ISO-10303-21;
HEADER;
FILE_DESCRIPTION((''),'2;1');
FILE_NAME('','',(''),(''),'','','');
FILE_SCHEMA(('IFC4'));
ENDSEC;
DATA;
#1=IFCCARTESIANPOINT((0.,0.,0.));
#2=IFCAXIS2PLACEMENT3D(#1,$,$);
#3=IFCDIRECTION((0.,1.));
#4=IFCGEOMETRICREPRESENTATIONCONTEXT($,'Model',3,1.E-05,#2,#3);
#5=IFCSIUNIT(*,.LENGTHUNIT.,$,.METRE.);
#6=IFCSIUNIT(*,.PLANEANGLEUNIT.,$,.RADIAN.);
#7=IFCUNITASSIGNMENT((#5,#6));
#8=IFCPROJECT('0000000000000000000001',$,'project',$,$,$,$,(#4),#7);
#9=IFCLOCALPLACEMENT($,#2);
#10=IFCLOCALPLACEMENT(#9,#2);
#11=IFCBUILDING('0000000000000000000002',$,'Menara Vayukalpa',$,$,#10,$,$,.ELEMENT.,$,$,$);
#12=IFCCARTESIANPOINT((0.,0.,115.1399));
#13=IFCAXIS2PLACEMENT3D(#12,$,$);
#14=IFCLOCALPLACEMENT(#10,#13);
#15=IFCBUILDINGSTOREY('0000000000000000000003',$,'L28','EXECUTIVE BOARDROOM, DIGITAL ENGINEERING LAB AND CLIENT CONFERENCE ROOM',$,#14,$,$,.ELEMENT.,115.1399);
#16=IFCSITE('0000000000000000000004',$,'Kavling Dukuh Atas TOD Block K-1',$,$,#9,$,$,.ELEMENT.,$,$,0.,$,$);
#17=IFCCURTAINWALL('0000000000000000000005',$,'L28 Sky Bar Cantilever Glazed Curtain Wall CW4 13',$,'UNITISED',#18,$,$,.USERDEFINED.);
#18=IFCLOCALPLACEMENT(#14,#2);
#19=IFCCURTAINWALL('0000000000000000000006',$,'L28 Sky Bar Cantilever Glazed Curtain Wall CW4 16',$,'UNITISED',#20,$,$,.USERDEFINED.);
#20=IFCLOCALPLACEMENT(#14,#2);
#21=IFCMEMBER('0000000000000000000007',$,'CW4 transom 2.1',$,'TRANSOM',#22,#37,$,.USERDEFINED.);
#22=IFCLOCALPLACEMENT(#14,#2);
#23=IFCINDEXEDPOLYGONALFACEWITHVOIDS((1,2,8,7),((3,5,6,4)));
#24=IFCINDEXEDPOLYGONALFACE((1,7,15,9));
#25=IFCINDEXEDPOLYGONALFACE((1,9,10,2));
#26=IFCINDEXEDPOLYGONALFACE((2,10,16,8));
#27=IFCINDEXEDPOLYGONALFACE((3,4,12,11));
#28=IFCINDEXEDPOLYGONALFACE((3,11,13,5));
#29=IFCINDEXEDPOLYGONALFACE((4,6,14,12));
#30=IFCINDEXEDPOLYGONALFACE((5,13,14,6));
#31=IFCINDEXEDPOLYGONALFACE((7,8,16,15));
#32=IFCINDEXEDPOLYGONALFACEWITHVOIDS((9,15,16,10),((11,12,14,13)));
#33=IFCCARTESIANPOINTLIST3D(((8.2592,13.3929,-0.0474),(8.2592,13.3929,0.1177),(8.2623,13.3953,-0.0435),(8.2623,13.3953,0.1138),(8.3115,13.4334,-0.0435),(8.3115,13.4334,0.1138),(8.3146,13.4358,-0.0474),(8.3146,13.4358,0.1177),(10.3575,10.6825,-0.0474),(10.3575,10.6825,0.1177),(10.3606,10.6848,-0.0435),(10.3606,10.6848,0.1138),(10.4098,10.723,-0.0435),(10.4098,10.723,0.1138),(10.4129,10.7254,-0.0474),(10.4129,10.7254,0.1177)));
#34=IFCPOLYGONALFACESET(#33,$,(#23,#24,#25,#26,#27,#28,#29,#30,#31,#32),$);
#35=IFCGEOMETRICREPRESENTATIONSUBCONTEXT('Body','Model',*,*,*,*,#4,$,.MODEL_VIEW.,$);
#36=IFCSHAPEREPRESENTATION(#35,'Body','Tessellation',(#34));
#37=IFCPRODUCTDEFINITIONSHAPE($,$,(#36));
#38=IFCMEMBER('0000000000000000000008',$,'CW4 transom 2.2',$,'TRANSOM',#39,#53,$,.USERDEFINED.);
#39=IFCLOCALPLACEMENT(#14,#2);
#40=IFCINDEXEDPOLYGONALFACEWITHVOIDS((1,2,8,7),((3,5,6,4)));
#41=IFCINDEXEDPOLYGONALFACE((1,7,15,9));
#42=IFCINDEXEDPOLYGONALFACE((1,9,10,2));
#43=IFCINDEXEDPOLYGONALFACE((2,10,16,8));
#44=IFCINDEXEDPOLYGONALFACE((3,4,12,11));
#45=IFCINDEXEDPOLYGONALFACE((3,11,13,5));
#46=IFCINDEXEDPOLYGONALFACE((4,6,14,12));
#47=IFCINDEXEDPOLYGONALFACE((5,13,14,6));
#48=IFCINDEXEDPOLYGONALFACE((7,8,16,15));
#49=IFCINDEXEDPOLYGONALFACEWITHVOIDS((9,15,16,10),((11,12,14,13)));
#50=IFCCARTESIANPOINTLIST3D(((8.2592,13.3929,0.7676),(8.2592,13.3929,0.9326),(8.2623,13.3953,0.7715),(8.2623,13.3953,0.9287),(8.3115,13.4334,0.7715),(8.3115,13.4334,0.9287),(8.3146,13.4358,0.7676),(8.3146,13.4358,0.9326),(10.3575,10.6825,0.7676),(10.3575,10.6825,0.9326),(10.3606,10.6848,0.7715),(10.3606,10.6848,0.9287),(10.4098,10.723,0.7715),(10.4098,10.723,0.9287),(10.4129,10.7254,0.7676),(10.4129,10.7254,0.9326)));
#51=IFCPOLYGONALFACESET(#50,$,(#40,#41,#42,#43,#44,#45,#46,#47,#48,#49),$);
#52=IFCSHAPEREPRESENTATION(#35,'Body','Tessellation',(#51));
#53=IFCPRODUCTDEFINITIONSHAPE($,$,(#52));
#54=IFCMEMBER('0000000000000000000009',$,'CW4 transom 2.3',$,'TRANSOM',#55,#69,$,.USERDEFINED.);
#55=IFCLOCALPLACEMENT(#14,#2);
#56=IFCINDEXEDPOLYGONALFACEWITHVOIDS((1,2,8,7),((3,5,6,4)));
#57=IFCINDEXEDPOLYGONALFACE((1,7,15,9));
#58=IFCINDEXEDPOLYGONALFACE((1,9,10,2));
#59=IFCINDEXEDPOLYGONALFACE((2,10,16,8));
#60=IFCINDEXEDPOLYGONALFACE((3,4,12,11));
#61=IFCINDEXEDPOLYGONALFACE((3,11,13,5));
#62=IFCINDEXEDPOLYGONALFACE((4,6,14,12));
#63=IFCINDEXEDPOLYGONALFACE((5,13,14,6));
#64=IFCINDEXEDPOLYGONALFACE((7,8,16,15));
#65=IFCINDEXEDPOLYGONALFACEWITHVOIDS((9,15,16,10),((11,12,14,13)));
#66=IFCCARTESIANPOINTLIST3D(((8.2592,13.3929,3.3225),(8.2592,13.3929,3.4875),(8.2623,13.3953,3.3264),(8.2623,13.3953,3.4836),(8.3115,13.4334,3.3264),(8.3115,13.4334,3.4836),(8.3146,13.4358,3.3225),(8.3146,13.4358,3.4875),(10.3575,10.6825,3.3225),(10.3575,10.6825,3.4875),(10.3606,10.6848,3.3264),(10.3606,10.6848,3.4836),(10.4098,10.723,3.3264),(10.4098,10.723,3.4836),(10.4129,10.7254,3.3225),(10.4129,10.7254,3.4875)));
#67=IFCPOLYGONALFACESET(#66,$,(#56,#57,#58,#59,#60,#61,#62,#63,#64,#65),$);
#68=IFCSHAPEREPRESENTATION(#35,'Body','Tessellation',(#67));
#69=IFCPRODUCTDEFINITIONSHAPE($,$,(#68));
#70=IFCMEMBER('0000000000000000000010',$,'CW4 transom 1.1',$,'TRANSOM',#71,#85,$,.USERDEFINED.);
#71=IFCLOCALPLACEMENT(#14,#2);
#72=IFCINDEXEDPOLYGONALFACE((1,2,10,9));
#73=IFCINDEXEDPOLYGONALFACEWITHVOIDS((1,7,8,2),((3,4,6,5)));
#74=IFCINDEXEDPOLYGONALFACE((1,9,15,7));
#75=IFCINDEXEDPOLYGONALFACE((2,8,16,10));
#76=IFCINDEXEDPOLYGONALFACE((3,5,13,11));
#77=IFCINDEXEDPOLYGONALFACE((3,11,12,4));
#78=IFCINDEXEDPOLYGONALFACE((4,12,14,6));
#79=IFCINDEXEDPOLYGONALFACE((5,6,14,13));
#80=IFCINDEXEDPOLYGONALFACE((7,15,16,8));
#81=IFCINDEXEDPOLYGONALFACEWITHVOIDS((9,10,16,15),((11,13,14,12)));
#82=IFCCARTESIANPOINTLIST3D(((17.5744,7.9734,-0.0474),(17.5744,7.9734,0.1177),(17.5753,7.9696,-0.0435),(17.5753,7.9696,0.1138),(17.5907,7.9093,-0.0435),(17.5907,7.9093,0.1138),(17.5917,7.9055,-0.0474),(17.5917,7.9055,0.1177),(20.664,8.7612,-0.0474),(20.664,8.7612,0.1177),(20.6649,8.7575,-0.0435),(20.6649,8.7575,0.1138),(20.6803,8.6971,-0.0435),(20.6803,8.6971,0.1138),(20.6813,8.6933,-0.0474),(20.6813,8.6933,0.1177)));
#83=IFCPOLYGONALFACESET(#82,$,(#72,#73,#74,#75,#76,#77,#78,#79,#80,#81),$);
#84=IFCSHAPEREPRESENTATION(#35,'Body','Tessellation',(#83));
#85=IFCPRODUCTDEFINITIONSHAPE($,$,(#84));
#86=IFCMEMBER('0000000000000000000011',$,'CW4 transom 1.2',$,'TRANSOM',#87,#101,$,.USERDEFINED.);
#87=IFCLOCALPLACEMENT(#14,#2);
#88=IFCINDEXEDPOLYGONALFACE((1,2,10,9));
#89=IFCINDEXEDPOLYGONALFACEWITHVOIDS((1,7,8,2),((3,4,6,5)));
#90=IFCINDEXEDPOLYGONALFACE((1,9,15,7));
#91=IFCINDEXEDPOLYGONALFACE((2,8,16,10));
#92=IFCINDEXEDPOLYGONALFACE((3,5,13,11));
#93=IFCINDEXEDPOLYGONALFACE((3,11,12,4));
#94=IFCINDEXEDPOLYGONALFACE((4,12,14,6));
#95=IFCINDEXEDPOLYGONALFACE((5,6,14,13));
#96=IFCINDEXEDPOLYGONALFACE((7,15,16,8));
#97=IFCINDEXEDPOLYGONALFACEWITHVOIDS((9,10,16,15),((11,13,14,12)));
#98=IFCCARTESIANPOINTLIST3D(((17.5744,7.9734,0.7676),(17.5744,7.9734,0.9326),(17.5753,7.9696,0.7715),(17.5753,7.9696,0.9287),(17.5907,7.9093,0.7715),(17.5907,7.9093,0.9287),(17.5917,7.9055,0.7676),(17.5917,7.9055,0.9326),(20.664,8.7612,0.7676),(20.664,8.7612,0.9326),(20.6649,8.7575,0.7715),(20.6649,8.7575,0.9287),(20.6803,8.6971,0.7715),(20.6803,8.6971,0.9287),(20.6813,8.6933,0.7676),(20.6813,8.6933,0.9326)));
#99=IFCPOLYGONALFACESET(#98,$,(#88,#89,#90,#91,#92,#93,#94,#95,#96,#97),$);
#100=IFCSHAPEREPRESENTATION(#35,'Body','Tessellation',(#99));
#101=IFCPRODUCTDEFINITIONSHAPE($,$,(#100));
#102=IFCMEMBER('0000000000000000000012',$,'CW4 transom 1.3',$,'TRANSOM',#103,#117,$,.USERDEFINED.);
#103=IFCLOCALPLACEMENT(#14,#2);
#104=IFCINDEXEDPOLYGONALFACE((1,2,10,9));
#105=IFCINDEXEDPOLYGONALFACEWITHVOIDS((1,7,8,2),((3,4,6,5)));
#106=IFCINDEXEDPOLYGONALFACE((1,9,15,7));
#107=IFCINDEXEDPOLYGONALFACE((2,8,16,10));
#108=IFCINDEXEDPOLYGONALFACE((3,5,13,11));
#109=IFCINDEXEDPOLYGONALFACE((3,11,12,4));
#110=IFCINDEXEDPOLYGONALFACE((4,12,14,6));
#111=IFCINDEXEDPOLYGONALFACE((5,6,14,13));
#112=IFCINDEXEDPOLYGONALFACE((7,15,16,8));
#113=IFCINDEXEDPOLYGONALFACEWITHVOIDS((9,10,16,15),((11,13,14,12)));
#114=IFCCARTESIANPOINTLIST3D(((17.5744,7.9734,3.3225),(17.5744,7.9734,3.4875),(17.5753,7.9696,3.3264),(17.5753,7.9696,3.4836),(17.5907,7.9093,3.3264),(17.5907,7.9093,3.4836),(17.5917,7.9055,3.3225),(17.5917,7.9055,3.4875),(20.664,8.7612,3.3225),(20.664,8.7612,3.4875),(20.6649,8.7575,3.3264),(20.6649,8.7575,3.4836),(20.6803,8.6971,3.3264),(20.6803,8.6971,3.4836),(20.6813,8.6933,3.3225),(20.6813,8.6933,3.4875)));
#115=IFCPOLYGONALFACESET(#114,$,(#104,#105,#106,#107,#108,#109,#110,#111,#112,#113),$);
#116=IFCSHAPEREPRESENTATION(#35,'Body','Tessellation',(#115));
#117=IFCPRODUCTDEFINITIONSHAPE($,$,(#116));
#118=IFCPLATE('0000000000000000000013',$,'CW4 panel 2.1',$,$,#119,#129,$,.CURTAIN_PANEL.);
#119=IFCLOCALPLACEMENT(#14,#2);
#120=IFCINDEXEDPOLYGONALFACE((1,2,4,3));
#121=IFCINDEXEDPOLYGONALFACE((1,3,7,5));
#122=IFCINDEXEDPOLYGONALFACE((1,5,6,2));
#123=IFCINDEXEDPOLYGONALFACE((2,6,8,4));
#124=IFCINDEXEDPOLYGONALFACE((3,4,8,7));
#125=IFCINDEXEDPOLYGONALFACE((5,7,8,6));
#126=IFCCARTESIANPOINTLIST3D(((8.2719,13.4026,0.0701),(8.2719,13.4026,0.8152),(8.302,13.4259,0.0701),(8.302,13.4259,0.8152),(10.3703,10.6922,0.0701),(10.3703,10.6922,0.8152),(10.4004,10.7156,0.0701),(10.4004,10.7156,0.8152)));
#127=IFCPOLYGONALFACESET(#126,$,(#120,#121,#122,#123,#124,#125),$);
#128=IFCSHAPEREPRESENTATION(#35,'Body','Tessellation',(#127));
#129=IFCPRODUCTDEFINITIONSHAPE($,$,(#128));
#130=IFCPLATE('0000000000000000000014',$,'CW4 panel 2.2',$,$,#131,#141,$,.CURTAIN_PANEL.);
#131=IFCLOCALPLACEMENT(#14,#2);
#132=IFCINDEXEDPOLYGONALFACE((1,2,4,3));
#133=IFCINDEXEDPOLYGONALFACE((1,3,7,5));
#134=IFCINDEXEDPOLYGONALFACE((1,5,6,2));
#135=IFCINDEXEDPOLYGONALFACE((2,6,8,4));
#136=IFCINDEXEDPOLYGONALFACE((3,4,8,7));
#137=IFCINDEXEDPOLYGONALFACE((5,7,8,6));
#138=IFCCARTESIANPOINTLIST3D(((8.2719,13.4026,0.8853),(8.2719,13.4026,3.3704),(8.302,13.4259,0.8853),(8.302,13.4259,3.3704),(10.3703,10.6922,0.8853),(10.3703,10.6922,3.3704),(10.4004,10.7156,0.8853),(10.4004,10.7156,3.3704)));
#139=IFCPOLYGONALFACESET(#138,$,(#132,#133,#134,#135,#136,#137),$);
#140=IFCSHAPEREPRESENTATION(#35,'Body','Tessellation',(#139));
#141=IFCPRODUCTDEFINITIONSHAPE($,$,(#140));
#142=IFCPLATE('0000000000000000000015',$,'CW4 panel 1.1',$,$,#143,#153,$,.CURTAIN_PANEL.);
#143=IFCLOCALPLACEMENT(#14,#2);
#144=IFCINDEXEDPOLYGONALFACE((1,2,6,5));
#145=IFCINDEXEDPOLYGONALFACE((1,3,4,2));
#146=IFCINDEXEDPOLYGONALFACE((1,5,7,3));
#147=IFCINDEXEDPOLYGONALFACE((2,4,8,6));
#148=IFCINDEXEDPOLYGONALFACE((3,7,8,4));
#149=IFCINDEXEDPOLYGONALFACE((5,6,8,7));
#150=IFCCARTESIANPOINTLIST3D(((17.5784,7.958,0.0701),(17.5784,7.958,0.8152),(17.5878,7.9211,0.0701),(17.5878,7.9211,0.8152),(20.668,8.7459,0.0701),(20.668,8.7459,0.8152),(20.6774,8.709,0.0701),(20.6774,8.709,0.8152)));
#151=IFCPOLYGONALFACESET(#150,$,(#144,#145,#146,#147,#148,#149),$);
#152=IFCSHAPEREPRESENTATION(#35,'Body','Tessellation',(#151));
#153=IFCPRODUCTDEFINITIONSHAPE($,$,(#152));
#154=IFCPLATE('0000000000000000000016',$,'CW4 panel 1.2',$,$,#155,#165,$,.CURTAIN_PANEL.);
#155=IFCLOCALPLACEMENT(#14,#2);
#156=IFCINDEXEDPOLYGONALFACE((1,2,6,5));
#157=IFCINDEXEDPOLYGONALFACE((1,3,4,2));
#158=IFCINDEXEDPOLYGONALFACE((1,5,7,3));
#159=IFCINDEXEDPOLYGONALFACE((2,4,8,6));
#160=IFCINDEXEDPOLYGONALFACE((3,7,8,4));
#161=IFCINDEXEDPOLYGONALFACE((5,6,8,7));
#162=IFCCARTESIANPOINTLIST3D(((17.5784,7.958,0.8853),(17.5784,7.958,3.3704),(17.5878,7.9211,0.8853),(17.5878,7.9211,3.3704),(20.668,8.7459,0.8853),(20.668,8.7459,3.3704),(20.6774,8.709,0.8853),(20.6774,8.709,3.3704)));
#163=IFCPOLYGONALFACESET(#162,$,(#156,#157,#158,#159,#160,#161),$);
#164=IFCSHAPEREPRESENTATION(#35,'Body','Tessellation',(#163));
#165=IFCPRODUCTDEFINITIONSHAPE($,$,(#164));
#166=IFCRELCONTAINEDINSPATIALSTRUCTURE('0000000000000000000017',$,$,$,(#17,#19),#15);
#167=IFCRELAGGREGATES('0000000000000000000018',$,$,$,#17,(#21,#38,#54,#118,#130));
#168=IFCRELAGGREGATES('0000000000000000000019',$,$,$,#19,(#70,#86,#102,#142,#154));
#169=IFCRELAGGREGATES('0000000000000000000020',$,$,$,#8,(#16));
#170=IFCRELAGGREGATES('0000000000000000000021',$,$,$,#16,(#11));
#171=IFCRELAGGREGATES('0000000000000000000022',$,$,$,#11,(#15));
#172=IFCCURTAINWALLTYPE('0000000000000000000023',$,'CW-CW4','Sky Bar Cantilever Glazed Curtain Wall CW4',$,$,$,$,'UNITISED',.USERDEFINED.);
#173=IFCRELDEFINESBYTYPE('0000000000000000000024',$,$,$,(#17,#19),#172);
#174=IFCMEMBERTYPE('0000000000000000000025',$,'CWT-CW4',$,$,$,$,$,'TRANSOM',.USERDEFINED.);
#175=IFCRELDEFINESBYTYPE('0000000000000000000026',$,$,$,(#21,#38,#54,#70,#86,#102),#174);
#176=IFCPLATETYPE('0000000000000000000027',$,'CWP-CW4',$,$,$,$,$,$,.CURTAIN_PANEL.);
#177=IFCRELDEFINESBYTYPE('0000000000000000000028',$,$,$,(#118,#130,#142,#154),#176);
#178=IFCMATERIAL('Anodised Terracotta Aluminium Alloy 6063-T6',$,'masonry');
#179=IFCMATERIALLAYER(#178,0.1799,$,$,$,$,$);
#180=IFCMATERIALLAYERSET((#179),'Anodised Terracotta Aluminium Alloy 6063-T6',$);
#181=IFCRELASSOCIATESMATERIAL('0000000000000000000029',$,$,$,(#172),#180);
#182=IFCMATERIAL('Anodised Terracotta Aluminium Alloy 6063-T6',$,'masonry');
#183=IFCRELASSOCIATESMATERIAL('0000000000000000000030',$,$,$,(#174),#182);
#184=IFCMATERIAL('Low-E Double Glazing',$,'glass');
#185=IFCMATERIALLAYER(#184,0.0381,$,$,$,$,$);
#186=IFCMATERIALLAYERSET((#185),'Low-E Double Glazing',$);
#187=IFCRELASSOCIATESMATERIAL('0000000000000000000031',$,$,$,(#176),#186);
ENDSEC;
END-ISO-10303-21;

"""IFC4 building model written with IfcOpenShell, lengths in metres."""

from ifc_helpers import new_model, si_unit, direction, frame, origin, origin_2d, place, context, subcontext, project, spatial, rectangle, hollow_rectangle, extrude, material, layer, layer_set, material_profile, profile_set, type_object, element, aggregate, save


model = new_model("IFC4")

# Units and contexts
model_context = context("Model", 3, precision=1e-05, world=origin(), true_north=direction((0.0, 1.0)))
body_context = subcontext(model_context, "Body", "Model", "MODEL_VIEW")
ifc_project = project(units=[si_unit("LENGTHUNIT", "METRE"), si_unit("PLANEANGLEUNIT", "RADIAN")], contexts=[model_context])

# Site, building, storey
site_placement = place(None, origin())
site = spatial("IfcSite", under=ifc_project, at=site_placement, Name="Kavling Dukuh Atas TOD Block K-1", CompositionType="ELEMENT", RefElevation=0.0)
building_placement = place(site_placement, origin())
building = spatial("IfcBuilding", under=site, at=building_placement, Name="Menara Vayukalpa", CompositionType="ELEMENT")
storey_placement = place(building_placement, frame((0.0, 0.0, 115.1399)))
storey = spatial("IfcBuildingStorey", under=building, at=storey_placement, Name="L28", Description="EXECUTIVE BOARDROOM, DIGITAL ENGINEERING LAB AND CLIENT CONFERENCE ROOM", CompositionType="ELEMENT", Elevation=115.1399)

# Curtain wall
ifc_material_1 = material(Name="Anodised Terracotta Aluminium Alloy 6063-T6", Category="masonry")
ifc_layer_1 = layer(ifc_material_1, 0.1799)
ifc_layer_set_1 = layer_set([ifc_layer_1], Name="Anodised Terracotta Aluminium Alloy 6063-T6")
curtain_wall_type = type_object("IfcCurtainWallType", Name="CW-CW4", Description="Sky Bar Cantilever Glazed Curtain Wall CW4", ElementType="UNITISED", PredefinedType="USERDEFINED", material=ifc_layer_set_1)
curtain_wall_1_placement = place(storey_placement, origin())
curtain_wall_1 = element("IfcCurtainWall", 1, at=curtain_wall_1_placement, inside=storey, type_object=curtain_wall_type, Name="L28 Sky Bar Cantilever Glazed Curtain Wall CW4 13", ObjectType="UNITISED", PredefinedType="USERDEFINED")

# Curtain wall
curtain_wall_2_placement = place(storey_placement, origin())
curtain_wall_2 = element("IfcCurtainWall", 2, at=curtain_wall_2_placement, inside=storey, type_object=curtain_wall_type, Name="L28 Sky Bar Cantilever Glazed Curtain Wall CW4 16", ObjectType="UNITISED", PredefinedType="USERDEFINED")

# Members
ifc_material_2 = material(Name="Anodised Terracotta Aluminium Alloy 6063-T6", Category="masonry")
ifc_material_profile_1 = material_profile(ifc_material_2, hollow_rectangle(XDim=0.0701, YDim=0.165, WallThickness=0.0039, at=origin_2d()), Name="ALU 70x165x4")
ifc_profile_set_1 = profile_set([ifc_material_profile_1], Name="Anodised Terracotta Aluminium Alloy 6063-T6")
member_type_1 = type_object("IfcMemberType", Name="CWT-CW4", ElementType="TRANSOM", PredefinedType="USERDEFINED", material=ifc_profile_set_1)
member_1_placement = place(storey_placement, frame((8.2869, 13.4143, 0.0352), z_axis=(0.612169, -0.790727, 0.0), x_axis=(0.790727, 0.612169, 0.0)))
member_1 = element("IfcMember", 3, at=member_1_placement, type_object=member_type_1, Name="CW4 transom 2.1", ObjectType="TRANSOM", PredefinedType="USERDEFINED", context=body_context, shape_type="SweptSolid", body=[
    extrude(hollow_rectangle(XDim=0.0701, YDim=0.165, WallThickness=0.0039, at=origin_2d()), origin(), (0.0, 0.0, 1.0), 3.4277),
])
member_2_placement = place(storey_placement, frame((8.2869, 13.4143, 0.8501), z_axis=(0.612169, -0.790727, 0.0), x_axis=(0.790727, 0.612169, 0.0)))
member_2 = element("IfcMember", 4, at=member_2_placement, type_object=member_type_1, Name="CW4 transom 2.2", ObjectType="TRANSOM", PredefinedType="USERDEFINED", context=body_context, shape_type="SweptSolid", body=[
    extrude(hollow_rectangle(XDim=0.0701, YDim=0.165, WallThickness=0.0039, at=origin_2d()), origin(), (0.0, 0.0, 1.0), 3.4277),
])
member_3_placement = place(storey_placement, frame((8.2869, 13.4143, 3.405), z_axis=(0.612169, -0.790727, 0.0), x_axis=(0.790727, 0.612169, 0.0)))
member_3 = element("IfcMember", 5, at=member_3_placement, type_object=member_type_1, Name="CW4 transom 2.3", ObjectType="TRANSOM", PredefinedType="USERDEFINED", context=body_context, shape_type="SweptSolid", body=[
    extrude(hollow_rectangle(XDim=0.0701, YDim=0.165, WallThickness=0.0039, at=origin_2d()), origin(), (0.0, 0.0, 1.0), 3.4277),
])
member_4_placement = place(storey_placement, frame((17.583, 7.9395, 0.0352), z_axis=(0.968992, 0.247091, 0.0), x_axis=(-0.247091, 0.968992, 0.0)))
member_4 = element("IfcMember", 6, at=member_4_placement, type_object=member_type_1, Name="CW4 transom 1.1", ObjectType="TRANSOM", PredefinedType="USERDEFINED", context=body_context, shape_type="SweptSolid", body=[
    extrude(hollow_rectangle(XDim=0.0701, YDim=0.165, WallThickness=0.0039, at=origin_2d()), origin(), (0.0, 0.0, 1.0), 3.1885),
])
member_5_placement = place(storey_placement, frame((17.583, 7.9395, 0.8501), z_axis=(0.968992, 0.247091, 0.0), x_axis=(-0.247091, 0.968992, 0.0)))
member_5 = element("IfcMember", 7, at=member_5_placement, type_object=member_type_1, Name="CW4 transom 1.2", ObjectType="TRANSOM", PredefinedType="USERDEFINED", context=body_context, shape_type="SweptSolid", body=[
    extrude(hollow_rectangle(XDim=0.0701, YDim=0.165, WallThickness=0.0039, at=origin_2d()), origin(), (0.0, 0.0, 1.0), 3.1885),
])
member_6_placement = place(storey_placement, frame((17.583, 7.9395, 3.405), z_axis=(0.968992, 0.247091, 0.0), x_axis=(-0.247091, 0.968992, 0.0)))
member_6 = element("IfcMember", 8, at=member_6_placement, type_object=member_type_1, Name="CW4 transom 1.3", ObjectType="TRANSOM", PredefinedType="USERDEFINED", context=body_context, shape_type="SweptSolid", body=[
    extrude(hollow_rectangle(XDim=0.0701, YDim=0.165, WallThickness=0.0039, at=origin_2d()), origin(), (0.0, 0.0, 1.0), 3.1885),
])

# Plates
ifc_material_3 = material(Name="Low-E Double Glazing", Category="glass")
ifc_layer_2 = layer(ifc_material_3, 0.0381)
ifc_layer_set_2 = layer_set([ifc_layer_2], Name="Low-E Double Glazing")
plate_type = type_object("IfcPlateType", Name="CWP-CW4", PredefinedType="CURTAIN_PANEL", material=ifc_layer_set_2)
plate_1_placement = place(storey_placement, frame((9.3362, 12.0591, 0.0701), z_axis=(0.0, 0.0, 1.0), x_axis=(0.612189, -0.790712, 0.0)))
plate_1 = element("IfcPlate", 9, at=plate_1_placement, type_object=plate_type, Name="CW4 panel 2.1", PredefinedType="CURTAIN_PANEL", context=body_context, shape_type="SweptSolid", body=[
    extrude(rectangle(XDim=3.4277, YDim=0.0381, at=origin_2d()), origin(), (0.0, 0.0, 1.0), 0.7451),
])
plate_2_placement = place(storey_placement, frame((9.3362, 12.0591, 0.8853), z_axis=(0.0, 0.0, 1.0), x_axis=(0.612189, -0.790712, 0.0)))
plate_2 = element("IfcPlate", 10, at=plate_2_placement, type_object=plate_type, Name="CW4 panel 2.2", PredefinedType="CURTAIN_PANEL", context=body_context, shape_type="SweptSolid", body=[
    extrude(rectangle(XDim=3.4277, YDim=0.0381, at=origin_2d()), origin(), (0.0, 0.0, 1.0), 2.4851),
])
aggregate(curtain_wall_1, [member_1, member_2, member_3, plate_1, plate_2])
plate_3_placement = place(storey_placement, frame((19.1279, 8.3335, 0.0701), z_axis=(0.0, 0.0, 1.0), x_axis=(0.968982, 0.247131, 0.0)))
plate_3 = element("IfcPlate", 11, at=plate_3_placement, type_object=plate_type, Name="CW4 panel 1.1", PredefinedType="CURTAIN_PANEL", context=body_context, shape_type="SweptSolid", body=[
    extrude(rectangle(XDim=3.1885, YDim=0.0381, at=origin_2d()), origin(), (0.0, 0.0, 1.0), 0.7451),
])
plate_4_placement = place(storey_placement, frame((19.1279, 8.3335, 0.8853), z_axis=(0.0, 0.0, 1.0), x_axis=(0.968982, 0.247131, 0.0)))
plate_4 = element("IfcPlate", 12, at=plate_4_placement, type_object=plate_type, Name="CW4 panel 1.2", PredefinedType="CURTAIN_PANEL", context=body_context, shape_type="SweptSolid", body=[
    extrude(rectangle(XDim=3.1885, YDim=0.0381, at=origin_2d()), origin(), (0.0, 0.0, 1.0), 2.4851),
])
aggregate(curtain_wall_2, [member_4, member_5, member_6, plate_3, plate_4])

save(model, "model.ifc")
